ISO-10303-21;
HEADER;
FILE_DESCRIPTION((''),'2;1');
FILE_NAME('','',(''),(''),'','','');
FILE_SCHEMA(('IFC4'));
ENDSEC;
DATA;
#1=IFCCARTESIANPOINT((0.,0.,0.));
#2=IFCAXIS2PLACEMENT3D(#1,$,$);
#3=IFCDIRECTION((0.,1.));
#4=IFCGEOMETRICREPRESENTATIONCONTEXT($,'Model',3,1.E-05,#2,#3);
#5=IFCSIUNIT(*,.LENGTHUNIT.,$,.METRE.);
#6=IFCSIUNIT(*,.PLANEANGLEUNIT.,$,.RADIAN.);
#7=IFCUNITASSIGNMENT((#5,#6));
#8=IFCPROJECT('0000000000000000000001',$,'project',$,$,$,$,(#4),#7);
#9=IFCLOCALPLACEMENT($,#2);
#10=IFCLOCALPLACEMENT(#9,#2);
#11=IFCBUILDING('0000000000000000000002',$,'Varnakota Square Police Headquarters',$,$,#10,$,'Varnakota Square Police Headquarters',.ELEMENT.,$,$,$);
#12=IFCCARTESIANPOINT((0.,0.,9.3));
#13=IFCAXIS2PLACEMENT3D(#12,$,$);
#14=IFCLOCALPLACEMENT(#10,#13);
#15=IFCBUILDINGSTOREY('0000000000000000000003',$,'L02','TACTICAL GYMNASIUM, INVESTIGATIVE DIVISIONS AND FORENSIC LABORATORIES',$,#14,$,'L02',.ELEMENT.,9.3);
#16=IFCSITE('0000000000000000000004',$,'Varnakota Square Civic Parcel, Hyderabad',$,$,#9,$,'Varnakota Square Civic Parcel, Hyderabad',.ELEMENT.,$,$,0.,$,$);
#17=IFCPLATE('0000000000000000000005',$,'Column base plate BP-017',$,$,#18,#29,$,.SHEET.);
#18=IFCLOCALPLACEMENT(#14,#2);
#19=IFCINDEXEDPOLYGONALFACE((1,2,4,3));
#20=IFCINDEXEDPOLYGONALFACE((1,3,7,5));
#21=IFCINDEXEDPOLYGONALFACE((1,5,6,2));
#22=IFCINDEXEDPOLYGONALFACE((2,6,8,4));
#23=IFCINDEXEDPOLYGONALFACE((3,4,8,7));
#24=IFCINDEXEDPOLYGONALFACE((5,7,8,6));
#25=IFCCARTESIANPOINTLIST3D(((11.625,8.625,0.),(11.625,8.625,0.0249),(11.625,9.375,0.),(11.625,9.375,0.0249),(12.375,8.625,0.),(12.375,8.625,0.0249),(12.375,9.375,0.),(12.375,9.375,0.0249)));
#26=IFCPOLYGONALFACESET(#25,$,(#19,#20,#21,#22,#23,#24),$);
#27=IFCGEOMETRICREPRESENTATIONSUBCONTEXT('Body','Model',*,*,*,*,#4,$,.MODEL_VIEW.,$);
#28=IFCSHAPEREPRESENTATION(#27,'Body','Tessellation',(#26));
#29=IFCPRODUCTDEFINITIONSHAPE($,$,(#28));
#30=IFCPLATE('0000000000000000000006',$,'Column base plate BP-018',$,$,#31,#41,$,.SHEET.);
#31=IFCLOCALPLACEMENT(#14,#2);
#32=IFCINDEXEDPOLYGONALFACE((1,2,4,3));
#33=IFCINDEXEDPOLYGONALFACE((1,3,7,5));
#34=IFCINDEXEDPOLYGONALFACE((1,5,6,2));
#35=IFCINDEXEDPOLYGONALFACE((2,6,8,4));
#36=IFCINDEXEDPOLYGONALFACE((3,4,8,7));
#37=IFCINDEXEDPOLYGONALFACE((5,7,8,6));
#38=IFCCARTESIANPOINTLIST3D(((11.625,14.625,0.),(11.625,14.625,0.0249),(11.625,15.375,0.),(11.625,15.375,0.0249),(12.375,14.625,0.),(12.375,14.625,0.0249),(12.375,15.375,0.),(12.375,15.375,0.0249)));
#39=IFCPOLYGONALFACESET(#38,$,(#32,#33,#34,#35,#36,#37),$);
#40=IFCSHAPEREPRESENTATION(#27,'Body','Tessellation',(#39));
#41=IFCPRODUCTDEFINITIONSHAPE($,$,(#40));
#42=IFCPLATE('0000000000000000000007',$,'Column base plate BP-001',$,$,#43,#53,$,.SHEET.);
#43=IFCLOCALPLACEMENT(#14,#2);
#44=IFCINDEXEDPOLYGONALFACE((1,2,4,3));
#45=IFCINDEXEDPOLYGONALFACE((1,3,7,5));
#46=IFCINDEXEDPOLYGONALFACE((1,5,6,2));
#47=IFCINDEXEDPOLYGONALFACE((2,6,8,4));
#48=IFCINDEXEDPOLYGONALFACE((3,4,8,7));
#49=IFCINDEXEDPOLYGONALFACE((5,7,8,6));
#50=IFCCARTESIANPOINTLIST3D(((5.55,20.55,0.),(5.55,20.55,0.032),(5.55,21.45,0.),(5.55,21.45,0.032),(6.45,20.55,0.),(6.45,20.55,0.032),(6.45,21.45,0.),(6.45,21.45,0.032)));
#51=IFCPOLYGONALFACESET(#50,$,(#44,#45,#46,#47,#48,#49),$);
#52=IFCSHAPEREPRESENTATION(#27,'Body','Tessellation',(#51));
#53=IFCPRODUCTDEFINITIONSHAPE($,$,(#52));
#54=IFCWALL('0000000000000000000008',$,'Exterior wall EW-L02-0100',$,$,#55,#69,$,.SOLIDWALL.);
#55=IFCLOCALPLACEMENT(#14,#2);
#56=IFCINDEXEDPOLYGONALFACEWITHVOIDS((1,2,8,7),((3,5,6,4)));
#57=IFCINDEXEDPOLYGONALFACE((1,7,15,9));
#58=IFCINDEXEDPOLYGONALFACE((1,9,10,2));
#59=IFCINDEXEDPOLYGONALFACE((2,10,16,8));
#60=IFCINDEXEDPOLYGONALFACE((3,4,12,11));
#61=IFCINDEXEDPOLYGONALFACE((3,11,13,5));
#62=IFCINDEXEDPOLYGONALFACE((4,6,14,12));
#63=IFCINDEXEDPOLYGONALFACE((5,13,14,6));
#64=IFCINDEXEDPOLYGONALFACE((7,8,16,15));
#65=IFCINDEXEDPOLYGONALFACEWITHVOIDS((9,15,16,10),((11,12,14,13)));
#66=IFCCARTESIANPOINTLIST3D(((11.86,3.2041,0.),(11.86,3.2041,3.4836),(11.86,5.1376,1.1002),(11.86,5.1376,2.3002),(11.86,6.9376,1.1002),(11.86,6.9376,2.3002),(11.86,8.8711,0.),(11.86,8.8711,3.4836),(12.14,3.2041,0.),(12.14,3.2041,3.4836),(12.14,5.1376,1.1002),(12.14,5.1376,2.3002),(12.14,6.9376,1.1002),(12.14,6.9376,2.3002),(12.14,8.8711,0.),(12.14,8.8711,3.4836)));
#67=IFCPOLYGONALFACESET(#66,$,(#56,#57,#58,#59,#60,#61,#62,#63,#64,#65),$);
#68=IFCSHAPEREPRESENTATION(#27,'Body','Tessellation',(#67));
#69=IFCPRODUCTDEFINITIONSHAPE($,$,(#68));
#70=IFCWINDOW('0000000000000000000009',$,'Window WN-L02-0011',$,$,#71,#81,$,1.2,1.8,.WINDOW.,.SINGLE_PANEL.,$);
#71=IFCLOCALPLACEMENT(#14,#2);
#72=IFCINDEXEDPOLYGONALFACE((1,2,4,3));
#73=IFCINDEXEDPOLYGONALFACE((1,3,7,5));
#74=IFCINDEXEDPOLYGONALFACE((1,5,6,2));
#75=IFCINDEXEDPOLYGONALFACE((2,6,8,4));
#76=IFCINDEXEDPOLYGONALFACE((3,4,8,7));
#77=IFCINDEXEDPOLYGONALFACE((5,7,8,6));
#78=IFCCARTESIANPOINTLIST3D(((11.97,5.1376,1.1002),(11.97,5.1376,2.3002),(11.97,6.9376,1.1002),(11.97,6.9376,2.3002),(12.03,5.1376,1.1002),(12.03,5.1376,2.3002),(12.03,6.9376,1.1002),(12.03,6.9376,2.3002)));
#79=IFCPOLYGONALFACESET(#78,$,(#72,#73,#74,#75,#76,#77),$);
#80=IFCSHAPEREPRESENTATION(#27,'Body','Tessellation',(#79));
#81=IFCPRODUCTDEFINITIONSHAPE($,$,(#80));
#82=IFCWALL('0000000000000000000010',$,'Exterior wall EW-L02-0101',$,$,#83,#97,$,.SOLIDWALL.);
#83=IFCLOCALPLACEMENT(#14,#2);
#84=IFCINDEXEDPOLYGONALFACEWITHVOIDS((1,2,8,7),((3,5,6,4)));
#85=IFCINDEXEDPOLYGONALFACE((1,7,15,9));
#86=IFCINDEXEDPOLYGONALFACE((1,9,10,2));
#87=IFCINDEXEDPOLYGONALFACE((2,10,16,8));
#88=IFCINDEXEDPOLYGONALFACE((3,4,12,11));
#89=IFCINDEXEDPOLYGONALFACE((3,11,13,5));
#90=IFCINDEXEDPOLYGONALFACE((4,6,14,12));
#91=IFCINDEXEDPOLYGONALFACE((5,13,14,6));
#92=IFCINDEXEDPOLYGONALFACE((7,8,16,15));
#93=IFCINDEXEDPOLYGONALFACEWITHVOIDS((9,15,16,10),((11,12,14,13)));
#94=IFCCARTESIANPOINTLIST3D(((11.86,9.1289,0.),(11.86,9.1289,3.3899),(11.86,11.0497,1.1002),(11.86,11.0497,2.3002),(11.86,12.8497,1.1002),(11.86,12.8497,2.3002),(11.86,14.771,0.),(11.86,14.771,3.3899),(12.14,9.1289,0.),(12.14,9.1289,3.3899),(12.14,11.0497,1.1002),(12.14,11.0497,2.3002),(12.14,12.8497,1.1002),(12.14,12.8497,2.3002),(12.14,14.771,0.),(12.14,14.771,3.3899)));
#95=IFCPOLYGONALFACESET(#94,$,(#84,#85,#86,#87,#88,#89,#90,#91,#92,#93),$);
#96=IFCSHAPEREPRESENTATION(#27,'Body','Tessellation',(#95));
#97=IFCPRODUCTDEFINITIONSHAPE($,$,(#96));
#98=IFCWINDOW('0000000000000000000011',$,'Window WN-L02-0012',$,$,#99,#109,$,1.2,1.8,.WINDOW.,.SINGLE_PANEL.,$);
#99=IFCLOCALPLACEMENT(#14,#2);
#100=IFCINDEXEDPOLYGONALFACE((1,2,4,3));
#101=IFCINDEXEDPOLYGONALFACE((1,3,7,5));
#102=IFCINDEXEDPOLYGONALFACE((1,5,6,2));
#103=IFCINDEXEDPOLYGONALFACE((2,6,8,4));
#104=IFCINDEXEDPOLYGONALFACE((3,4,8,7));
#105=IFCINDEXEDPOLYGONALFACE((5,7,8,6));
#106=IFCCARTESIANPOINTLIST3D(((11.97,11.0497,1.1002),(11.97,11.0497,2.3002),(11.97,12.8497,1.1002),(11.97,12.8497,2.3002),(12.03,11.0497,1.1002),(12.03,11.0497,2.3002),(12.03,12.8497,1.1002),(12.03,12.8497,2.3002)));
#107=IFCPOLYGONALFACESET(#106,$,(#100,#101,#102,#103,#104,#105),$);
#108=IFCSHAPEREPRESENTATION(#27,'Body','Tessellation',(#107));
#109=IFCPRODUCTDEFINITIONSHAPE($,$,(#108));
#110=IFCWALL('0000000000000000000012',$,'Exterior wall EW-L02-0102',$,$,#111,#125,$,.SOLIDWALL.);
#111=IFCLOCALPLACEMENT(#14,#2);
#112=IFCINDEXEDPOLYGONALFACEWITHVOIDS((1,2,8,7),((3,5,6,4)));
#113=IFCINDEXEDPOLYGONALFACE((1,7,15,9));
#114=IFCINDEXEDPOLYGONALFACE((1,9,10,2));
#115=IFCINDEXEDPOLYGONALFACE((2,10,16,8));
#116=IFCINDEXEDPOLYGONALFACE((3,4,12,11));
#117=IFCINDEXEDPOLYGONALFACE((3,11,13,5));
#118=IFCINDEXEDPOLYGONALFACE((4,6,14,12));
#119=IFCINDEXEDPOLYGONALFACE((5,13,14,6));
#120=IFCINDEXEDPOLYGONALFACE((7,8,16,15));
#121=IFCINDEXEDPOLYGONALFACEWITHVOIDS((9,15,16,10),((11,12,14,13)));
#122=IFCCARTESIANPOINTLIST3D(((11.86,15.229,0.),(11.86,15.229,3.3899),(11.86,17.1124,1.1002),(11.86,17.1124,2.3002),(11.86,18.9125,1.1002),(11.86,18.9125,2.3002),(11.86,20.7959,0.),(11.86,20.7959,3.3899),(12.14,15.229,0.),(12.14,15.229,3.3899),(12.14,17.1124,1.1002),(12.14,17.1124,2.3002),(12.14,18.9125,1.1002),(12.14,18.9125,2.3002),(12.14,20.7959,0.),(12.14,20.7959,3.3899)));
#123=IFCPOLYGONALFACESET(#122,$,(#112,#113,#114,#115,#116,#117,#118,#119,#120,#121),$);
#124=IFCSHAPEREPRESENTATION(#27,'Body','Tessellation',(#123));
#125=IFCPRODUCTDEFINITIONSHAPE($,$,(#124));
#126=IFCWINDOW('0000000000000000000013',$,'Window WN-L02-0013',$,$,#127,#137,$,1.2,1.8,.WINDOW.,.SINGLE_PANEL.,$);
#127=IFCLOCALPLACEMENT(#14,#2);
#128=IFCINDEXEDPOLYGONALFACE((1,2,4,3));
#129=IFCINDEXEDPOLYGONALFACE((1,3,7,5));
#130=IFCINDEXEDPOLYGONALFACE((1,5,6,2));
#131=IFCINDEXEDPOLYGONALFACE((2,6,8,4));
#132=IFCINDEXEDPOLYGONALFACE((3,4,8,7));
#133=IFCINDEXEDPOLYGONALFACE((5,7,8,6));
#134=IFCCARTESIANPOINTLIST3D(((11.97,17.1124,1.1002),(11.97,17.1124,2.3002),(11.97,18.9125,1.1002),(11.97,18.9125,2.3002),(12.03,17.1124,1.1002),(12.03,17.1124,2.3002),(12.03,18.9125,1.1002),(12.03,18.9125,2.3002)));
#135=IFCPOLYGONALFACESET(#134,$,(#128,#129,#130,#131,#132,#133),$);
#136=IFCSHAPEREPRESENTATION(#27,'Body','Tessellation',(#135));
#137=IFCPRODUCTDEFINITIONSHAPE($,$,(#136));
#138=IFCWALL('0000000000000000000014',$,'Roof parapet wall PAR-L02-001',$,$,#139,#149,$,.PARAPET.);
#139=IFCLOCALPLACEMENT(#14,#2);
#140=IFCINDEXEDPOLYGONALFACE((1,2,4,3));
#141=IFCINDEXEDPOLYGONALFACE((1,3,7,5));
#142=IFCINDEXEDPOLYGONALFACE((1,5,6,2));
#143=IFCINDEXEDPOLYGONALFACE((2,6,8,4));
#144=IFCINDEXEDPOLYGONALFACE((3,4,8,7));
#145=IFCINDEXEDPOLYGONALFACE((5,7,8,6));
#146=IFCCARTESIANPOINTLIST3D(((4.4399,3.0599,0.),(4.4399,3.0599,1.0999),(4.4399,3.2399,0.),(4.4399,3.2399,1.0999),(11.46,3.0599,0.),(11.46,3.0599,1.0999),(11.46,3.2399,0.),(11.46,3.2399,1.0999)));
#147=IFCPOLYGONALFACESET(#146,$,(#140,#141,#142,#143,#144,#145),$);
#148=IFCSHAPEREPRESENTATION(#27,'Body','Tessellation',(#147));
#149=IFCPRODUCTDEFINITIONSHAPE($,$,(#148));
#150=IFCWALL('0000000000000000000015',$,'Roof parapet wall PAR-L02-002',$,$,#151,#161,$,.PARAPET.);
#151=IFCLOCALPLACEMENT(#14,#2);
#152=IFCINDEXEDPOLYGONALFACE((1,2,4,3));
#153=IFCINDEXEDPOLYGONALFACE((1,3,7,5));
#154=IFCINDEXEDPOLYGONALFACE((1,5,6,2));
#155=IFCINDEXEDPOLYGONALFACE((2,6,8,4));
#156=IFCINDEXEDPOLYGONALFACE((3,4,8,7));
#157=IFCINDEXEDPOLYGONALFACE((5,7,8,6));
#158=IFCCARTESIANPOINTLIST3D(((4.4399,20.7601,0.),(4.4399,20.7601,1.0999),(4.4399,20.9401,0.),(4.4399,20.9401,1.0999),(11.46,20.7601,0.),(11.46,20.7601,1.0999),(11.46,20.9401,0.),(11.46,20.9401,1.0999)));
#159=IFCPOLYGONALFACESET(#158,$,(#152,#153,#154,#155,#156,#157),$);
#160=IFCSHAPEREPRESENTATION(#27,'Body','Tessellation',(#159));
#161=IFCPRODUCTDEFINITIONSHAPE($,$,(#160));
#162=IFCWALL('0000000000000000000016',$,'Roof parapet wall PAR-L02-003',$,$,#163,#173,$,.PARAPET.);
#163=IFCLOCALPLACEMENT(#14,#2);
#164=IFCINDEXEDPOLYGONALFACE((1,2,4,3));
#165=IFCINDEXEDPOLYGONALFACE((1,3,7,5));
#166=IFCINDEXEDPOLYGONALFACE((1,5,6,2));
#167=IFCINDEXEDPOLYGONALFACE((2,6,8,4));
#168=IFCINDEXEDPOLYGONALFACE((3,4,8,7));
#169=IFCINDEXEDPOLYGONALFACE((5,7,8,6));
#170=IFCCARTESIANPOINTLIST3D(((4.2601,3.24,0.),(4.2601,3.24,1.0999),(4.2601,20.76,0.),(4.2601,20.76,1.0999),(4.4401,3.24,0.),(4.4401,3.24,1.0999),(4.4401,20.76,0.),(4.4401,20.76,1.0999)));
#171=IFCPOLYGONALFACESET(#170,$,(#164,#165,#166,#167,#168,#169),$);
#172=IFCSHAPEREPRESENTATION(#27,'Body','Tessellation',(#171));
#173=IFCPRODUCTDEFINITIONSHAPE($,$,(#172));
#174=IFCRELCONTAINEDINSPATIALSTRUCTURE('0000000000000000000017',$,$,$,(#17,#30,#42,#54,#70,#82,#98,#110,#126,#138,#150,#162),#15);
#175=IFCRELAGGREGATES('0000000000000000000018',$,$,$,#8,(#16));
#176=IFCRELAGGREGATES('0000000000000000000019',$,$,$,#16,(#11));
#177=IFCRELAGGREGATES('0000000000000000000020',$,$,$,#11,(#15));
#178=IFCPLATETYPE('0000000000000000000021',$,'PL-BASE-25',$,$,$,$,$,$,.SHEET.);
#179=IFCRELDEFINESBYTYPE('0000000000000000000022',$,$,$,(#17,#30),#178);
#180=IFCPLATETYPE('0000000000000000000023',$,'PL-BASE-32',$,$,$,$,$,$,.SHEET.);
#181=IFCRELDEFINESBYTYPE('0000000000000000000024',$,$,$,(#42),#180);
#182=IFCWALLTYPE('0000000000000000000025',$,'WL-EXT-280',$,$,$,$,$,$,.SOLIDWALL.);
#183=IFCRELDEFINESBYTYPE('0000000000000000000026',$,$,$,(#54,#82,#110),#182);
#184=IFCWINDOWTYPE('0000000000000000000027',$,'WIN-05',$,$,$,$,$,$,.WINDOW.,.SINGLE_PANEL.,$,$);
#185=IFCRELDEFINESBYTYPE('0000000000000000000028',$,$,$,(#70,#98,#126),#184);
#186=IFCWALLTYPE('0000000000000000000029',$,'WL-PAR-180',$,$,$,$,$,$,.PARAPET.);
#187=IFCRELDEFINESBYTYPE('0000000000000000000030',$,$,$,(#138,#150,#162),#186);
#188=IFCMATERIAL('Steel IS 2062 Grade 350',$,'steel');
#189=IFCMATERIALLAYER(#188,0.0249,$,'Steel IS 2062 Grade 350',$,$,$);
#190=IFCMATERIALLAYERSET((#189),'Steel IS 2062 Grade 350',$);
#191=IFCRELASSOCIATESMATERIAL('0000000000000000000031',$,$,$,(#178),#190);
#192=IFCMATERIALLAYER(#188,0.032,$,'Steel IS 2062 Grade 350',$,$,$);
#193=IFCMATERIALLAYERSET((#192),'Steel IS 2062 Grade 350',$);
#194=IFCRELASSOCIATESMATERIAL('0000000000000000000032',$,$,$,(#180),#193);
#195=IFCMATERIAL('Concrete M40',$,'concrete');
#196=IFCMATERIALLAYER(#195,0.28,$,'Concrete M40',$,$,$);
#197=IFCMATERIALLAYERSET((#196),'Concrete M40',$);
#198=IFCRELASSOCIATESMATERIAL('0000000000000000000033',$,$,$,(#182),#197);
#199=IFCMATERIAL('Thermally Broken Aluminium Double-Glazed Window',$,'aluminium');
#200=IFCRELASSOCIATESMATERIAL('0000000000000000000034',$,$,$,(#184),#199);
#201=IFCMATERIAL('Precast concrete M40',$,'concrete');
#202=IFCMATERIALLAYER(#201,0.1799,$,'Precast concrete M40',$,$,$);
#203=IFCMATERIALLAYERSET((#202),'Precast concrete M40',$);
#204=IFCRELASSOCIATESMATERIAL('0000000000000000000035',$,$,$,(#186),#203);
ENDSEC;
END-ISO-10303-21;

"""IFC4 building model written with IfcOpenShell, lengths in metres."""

from ifc_helpers import new_model, si_unit, direction, frame, frame_2d, origin, origin_2d, place, context, subcontext, project, spatial, rectangle, extrude, material, layer, layer_set, type_object, element, fill, save


model = new_model("IFC4")

# Units and contexts
model_context = context("Model", 3, precision=1e-05, world=origin(), true_north=direction((0.0, 1.0)))
body_context = subcontext(model_context, "Body", "Model", "MODEL_VIEW")
ifc_project = project(units=[si_unit("LENGTHUNIT", "METRE"), si_unit("PLANEANGLEUNIT", "RADIAN")], contexts=[model_context])

# Site, building, storey
site_placement = place(None, origin())
site = spatial("IfcSite", under=ifc_project, at=site_placement, Name="Varnakota Square Civic Parcel, Hyderabad", LongName="Varnakota Square Civic Parcel, Hyderabad", CompositionType="ELEMENT", RefElevation=0.0)
building_placement = place(site_placement, origin())
building = spatial("IfcBuilding", under=site, at=building_placement, Name="Varnakota Square Police Headquarters", LongName="Varnakota Square Police Headquarters", CompositionType="ELEMENT")
storey_placement = place(building_placement, frame((0.0, 0.0, 9.3)))
storey = spatial("IfcBuildingStorey", under=building, at=storey_placement, Name="L02", Description="TACTICAL GYMNASIUM, INVESTIGATIVE DIVISIONS AND FORENSIC LABORATORIES", LongName="L02", CompositionType="ELEMENT", Elevation=9.3)

# Shared definitions
ifc_material_1 = material(Name="Steel IS 2062 Grade 350", Category="steel")

# Plates
ifc_layer_1 = layer(ifc_material_1, 0.0249, Name="Steel IS 2062 Grade 350")
ifc_layer_set_1 = layer_set([ifc_layer_1], Name="Steel IS 2062 Grade 350")
plate_type_1 = type_object("IfcPlateType", Name="PL-BASE-25", PredefinedType="SHEET", material=ifc_layer_set_1)
for number, where, z_axis, x_axis, name in (
    (1, (12.0, 9.0, 0.0), (0.0, 0.0, 1.0), (1.0, 0.0, 0.0), "Column base plate BP-017"),
    (2, (12.0, 15.0, 0.0), (0.0, 0.0, 1.0), (1.0, 0.0, 0.0), "Column base plate BP-018"),
):
    element("IfcPlate", number, at=place(storey_placement, frame(where, z_axis=z_axis, x_axis=x_axis)), inside=storey, type_object=plate_type_1, Name=name, PredefinedType="SHEET", context=body_context, shape_type="SweptSolid", body=[
        extrude(rectangle(XDim=0.75, YDim=0.75, at=origin_2d()), origin(), (0.0, 0.0, 1.0), 0.0249),
    ])
ifc_layer_2 = layer(ifc_material_1, 0.032, Name="Steel IS 2062 Grade 350")
ifc_layer_set_2 = layer_set([ifc_layer_2], Name="Steel IS 2062 Grade 350")
plate_type_2 = type_object("IfcPlateType", Name="PL-BASE-32", PredefinedType="SHEET", material=ifc_layer_set_2)
plate_placement = place(storey_placement, frame((6.0, 21.0, 0.0), z_axis=(0.0, 0.0, 1.0), x_axis=(1.0, 0.0, 0.0)))
element("IfcPlate", 3, at=plate_placement, inside=storey, type_object=plate_type_2, Name="Column base plate BP-001", PredefinedType="SHEET", context=body_context, shape_type="SweptSolid", body=[
    extrude(rectangle(XDim=0.8999, YDim=0.8999, at=origin_2d()), origin(), (0.0, 0.0, 1.0), 0.032),
])

# Walls, openings, windows
ifc_material_2 = material(Name="Concrete M40", Category="concrete")
ifc_layer_3 = layer(ifc_material_2, 0.28, Name="Concrete M40")
ifc_layer_set_3 = layer_set([ifc_layer_3], Name="Concrete M40")
wall_type_1 = type_object("IfcWallType", Name="WL-EXT-280", PredefinedType="SOLIDWALL", material=ifc_layer_set_3)
wall_1_placement = place(storey_placement, frame((12.0, 3.2041, 0.0), z_axis=(0.0, 0.0, 1.0), x_axis=(0.0, 1.0, 0.0)))
wall_1 = element("IfcWall", 4, at=wall_1_placement, inside=storey, type_object=wall_type_1, Name="Exterior wall EW-L02-0100", PredefinedType="SOLIDWALL", context=body_context, shape_type="SweptSolid", body=[
    extrude(rectangle(XDim=5.667, YDim=0.28, at=frame_2d((2.8335, 0.0))), origin(), (0.0, 0.0, 1.0), 3.4836),
])
opening_1_placement = place(wall_1_placement, frame((1.9336, 0.0, 1.1001)))
opening_1 = element("IfcOpeningElement", 5, at=opening_1_placement, cuts=wall_1, PredefinedType="OPENING", context=body_context, shape_type="SweptSolid", body=[
    extrude(rectangle(XDim=1.8, YDim=1.2, at=frame_2d((0.8999, 0.6001))), frame((0.0, 0.1499, 0.0), z_axis=(0.0, -1.0, 0.0), x_axis=(1.0, 0.0, 0.0)), (0.0, 0.0, 1.0), 0.3),
])
ifc_material_3 = material(Name="Thermally Broken Aluminium Double-Glazed Window", Category="aluminium")
window_type = type_object("IfcWindowType", Name="WIN-05", PartitioningType="SINGLE_PANEL", PredefinedType="WINDOW", material=ifc_material_3)
window_1_placement = place(opening_1_placement, origin())
window_1 = element("IfcWindow", 6, at=window_1_placement, inside=storey, type_object=window_type, Name="Window WN-L02-0011", OverallHeight=1.2, OverallWidth=1.8, PartitioningType="SINGLE_PANEL", PredefinedType="WINDOW", context=body_context, shape_type="SweptSolid", body=[
    extrude(rectangle(XDim=1.8, YDim=1.2, at=frame_2d((0.8999, 0.6001))), frame((0.0, 0.03, 0.0), z_axis=(0.0, -1.0, 0.0), x_axis=(1.0, 0.0, 0.0)), (0.0, 0.0, 1.0), 0.0601),
])
fill(opening_1, window_1)
wall_2_placement = place(storey_placement, frame((12.0, 9.1289, 0.0), z_axis=(0.0, 0.0, 1.0), x_axis=(0.0, 1.0, 0.0)))
wall_2 = element("IfcWall", 7, at=wall_2_placement, inside=storey, type_object=wall_type_1, Name="Exterior wall EW-L02-0101", PredefinedType="SOLIDWALL", context=body_context, shape_type="SweptSolid", body=[
    extrude(rectangle(XDim=5.6421, YDim=0.28, at=frame_2d((2.821, 0.0))), origin(), (0.0, 0.0, 1.0), 3.3899),
])
opening_2_placement = place(wall_2_placement, frame((1.9209, 0.0, 1.1001)))
opening_2 = element("IfcOpeningElement", 8, at=opening_2_placement, cuts=wall_2, PredefinedType="OPENING", context=body_context, shape_type="SweptSolid", body=[
    extrude(rectangle(XDim=1.8, YDim=1.2, at=frame_2d((0.8999, 0.6001))), frame((0.0, 0.1499, 0.0), z_axis=(0.0, -1.0, 0.0), x_axis=(1.0, 0.0, 0.0)), (0.0, 0.0, 1.0), 0.3),
])
window_2_placement = place(opening_2_placement, origin())
window_2 = element("IfcWindow", 9, at=window_2_placement, inside=storey, type_object=window_type, Name="Window WN-L02-0012", OverallHeight=1.2, OverallWidth=1.8, PartitioningType="SINGLE_PANEL", PredefinedType="WINDOW", context=body_context, shape_type="SweptSolid", body=[
    extrude(rectangle(XDim=1.8, YDim=1.2, at=frame_2d((0.8999, 0.6001))), frame((0.0, 0.03, 0.0), z_axis=(0.0, -1.0, 0.0), x_axis=(1.0, 0.0, 0.0)), (0.0, 0.0, 1.0), 0.0601),
])
fill(opening_2, window_2)
wall_3_placement = place(storey_placement, frame((12.0, 15.229, 0.0), z_axis=(0.0, 0.0, 1.0), x_axis=(0.0, 1.0, 0.0)))
wall_3 = element("IfcWall", 10, at=wall_3_placement, inside=storey, type_object=wall_type_1, Name="Exterior wall EW-L02-0102", PredefinedType="SOLIDWALL", context=body_context, shape_type="SweptSolid", body=[
    extrude(rectangle(XDim=5.5669, YDim=0.28, at=frame_2d((2.7834, 0.0))), origin(), (0.0, 0.0, 1.0), 3.3899),
])
opening_3_placement = place(wall_3_placement, frame((1.8835, 0.0, 1.1001)))
opening_3 = element("IfcOpeningElement", 11, at=opening_3_placement, cuts=wall_3, PredefinedType="OPENING", context=body_context, shape_type="SweptSolid", body=[
    extrude(rectangle(XDim=1.8, YDim=1.2, at=frame_2d((0.8999, 0.6001))), frame((0.0, 0.1499, 0.0), z_axis=(0.0, -1.0, 0.0), x_axis=(1.0, 0.0, 0.0)), (0.0, 0.0, 1.0), 0.3),
])
window_3_placement = place(opening_3_placement, origin())
window_3 = element("IfcWindow", 12, at=window_3_placement, inside=storey, type_object=window_type, Name="Window WN-L02-0013", OverallHeight=1.2, OverallWidth=1.8, PartitioningType="SINGLE_PANEL", PredefinedType="WINDOW", context=body_context, shape_type="SweptSolid", body=[
    extrude(rectangle(XDim=1.8, YDim=1.2, at=frame_2d((0.8999, 0.6001))), frame((0.0, 0.03, 0.0), z_axis=(0.0, -1.0, 0.0), x_axis=(1.0, 0.0, 0.0)), (0.0, 0.0, 1.0), 0.0601),
])
fill(opening_3, window_3)

# Walls
ifc_material_4 = material(Name="Precast concrete M40", Category="concrete")
ifc_layer_4 = layer(ifc_material_4, 0.1799, Name="Precast concrete M40")
ifc_layer_set_4 = layer_set([ifc_layer_4], Name="Precast concrete M40")
wall_type_2 = type_object("IfcWallType", Name="WL-PAR-180", PredefinedType="PARAPET", material=ifc_layer_set_4)
for number, where, z_axis, x_axis, name in (
    (13, (4.4399, 3.1499, 0.0), (0.0, 0.0, 1.0), (1.0, 0.0, 0.0), "Roof parapet wall PAR-L02-001"),
    (14, (11.46, 20.8501, 0.0), (0.0, 0.0, 1.0), (-1.0, 0.0, 0.0), "Roof parapet wall PAR-L02-002"),
):
    element("IfcWall", number, at=place(storey_placement, frame(where, z_axis=z_axis, x_axis=x_axis)), inside=storey, type_object=wall_type_2, Name=name, PredefinedType="PARAPET", context=body_context, shape_type="SweptSolid", body=[
        extrude(rectangle(XDim=7.02, YDim=0.1799, at=frame_2d((3.51, 0.0))), origin(), (0.0, 0.0, 1.0), 1.0999),
    ])
wall_4_placement = place(storey_placement, frame((4.3501, 20.76, 0.0), z_axis=(0.0, 0.0, 1.0), x_axis=(0.0, -1.0, 0.0)))
element("IfcWall", 15, at=wall_4_placement, inside=storey, type_object=wall_type_2, Name="Roof parapet wall PAR-L02-003", PredefinedType="PARAPET", context=body_context, shape_type="SweptSolid", body=[
    extrude(rectangle(XDim=17.52, YDim=0.1799, at=frame_2d((8.76, 0.0))), origin(), (0.0, 0.0, 1.0), 1.0999),
])

save(model, "model.ifc")
